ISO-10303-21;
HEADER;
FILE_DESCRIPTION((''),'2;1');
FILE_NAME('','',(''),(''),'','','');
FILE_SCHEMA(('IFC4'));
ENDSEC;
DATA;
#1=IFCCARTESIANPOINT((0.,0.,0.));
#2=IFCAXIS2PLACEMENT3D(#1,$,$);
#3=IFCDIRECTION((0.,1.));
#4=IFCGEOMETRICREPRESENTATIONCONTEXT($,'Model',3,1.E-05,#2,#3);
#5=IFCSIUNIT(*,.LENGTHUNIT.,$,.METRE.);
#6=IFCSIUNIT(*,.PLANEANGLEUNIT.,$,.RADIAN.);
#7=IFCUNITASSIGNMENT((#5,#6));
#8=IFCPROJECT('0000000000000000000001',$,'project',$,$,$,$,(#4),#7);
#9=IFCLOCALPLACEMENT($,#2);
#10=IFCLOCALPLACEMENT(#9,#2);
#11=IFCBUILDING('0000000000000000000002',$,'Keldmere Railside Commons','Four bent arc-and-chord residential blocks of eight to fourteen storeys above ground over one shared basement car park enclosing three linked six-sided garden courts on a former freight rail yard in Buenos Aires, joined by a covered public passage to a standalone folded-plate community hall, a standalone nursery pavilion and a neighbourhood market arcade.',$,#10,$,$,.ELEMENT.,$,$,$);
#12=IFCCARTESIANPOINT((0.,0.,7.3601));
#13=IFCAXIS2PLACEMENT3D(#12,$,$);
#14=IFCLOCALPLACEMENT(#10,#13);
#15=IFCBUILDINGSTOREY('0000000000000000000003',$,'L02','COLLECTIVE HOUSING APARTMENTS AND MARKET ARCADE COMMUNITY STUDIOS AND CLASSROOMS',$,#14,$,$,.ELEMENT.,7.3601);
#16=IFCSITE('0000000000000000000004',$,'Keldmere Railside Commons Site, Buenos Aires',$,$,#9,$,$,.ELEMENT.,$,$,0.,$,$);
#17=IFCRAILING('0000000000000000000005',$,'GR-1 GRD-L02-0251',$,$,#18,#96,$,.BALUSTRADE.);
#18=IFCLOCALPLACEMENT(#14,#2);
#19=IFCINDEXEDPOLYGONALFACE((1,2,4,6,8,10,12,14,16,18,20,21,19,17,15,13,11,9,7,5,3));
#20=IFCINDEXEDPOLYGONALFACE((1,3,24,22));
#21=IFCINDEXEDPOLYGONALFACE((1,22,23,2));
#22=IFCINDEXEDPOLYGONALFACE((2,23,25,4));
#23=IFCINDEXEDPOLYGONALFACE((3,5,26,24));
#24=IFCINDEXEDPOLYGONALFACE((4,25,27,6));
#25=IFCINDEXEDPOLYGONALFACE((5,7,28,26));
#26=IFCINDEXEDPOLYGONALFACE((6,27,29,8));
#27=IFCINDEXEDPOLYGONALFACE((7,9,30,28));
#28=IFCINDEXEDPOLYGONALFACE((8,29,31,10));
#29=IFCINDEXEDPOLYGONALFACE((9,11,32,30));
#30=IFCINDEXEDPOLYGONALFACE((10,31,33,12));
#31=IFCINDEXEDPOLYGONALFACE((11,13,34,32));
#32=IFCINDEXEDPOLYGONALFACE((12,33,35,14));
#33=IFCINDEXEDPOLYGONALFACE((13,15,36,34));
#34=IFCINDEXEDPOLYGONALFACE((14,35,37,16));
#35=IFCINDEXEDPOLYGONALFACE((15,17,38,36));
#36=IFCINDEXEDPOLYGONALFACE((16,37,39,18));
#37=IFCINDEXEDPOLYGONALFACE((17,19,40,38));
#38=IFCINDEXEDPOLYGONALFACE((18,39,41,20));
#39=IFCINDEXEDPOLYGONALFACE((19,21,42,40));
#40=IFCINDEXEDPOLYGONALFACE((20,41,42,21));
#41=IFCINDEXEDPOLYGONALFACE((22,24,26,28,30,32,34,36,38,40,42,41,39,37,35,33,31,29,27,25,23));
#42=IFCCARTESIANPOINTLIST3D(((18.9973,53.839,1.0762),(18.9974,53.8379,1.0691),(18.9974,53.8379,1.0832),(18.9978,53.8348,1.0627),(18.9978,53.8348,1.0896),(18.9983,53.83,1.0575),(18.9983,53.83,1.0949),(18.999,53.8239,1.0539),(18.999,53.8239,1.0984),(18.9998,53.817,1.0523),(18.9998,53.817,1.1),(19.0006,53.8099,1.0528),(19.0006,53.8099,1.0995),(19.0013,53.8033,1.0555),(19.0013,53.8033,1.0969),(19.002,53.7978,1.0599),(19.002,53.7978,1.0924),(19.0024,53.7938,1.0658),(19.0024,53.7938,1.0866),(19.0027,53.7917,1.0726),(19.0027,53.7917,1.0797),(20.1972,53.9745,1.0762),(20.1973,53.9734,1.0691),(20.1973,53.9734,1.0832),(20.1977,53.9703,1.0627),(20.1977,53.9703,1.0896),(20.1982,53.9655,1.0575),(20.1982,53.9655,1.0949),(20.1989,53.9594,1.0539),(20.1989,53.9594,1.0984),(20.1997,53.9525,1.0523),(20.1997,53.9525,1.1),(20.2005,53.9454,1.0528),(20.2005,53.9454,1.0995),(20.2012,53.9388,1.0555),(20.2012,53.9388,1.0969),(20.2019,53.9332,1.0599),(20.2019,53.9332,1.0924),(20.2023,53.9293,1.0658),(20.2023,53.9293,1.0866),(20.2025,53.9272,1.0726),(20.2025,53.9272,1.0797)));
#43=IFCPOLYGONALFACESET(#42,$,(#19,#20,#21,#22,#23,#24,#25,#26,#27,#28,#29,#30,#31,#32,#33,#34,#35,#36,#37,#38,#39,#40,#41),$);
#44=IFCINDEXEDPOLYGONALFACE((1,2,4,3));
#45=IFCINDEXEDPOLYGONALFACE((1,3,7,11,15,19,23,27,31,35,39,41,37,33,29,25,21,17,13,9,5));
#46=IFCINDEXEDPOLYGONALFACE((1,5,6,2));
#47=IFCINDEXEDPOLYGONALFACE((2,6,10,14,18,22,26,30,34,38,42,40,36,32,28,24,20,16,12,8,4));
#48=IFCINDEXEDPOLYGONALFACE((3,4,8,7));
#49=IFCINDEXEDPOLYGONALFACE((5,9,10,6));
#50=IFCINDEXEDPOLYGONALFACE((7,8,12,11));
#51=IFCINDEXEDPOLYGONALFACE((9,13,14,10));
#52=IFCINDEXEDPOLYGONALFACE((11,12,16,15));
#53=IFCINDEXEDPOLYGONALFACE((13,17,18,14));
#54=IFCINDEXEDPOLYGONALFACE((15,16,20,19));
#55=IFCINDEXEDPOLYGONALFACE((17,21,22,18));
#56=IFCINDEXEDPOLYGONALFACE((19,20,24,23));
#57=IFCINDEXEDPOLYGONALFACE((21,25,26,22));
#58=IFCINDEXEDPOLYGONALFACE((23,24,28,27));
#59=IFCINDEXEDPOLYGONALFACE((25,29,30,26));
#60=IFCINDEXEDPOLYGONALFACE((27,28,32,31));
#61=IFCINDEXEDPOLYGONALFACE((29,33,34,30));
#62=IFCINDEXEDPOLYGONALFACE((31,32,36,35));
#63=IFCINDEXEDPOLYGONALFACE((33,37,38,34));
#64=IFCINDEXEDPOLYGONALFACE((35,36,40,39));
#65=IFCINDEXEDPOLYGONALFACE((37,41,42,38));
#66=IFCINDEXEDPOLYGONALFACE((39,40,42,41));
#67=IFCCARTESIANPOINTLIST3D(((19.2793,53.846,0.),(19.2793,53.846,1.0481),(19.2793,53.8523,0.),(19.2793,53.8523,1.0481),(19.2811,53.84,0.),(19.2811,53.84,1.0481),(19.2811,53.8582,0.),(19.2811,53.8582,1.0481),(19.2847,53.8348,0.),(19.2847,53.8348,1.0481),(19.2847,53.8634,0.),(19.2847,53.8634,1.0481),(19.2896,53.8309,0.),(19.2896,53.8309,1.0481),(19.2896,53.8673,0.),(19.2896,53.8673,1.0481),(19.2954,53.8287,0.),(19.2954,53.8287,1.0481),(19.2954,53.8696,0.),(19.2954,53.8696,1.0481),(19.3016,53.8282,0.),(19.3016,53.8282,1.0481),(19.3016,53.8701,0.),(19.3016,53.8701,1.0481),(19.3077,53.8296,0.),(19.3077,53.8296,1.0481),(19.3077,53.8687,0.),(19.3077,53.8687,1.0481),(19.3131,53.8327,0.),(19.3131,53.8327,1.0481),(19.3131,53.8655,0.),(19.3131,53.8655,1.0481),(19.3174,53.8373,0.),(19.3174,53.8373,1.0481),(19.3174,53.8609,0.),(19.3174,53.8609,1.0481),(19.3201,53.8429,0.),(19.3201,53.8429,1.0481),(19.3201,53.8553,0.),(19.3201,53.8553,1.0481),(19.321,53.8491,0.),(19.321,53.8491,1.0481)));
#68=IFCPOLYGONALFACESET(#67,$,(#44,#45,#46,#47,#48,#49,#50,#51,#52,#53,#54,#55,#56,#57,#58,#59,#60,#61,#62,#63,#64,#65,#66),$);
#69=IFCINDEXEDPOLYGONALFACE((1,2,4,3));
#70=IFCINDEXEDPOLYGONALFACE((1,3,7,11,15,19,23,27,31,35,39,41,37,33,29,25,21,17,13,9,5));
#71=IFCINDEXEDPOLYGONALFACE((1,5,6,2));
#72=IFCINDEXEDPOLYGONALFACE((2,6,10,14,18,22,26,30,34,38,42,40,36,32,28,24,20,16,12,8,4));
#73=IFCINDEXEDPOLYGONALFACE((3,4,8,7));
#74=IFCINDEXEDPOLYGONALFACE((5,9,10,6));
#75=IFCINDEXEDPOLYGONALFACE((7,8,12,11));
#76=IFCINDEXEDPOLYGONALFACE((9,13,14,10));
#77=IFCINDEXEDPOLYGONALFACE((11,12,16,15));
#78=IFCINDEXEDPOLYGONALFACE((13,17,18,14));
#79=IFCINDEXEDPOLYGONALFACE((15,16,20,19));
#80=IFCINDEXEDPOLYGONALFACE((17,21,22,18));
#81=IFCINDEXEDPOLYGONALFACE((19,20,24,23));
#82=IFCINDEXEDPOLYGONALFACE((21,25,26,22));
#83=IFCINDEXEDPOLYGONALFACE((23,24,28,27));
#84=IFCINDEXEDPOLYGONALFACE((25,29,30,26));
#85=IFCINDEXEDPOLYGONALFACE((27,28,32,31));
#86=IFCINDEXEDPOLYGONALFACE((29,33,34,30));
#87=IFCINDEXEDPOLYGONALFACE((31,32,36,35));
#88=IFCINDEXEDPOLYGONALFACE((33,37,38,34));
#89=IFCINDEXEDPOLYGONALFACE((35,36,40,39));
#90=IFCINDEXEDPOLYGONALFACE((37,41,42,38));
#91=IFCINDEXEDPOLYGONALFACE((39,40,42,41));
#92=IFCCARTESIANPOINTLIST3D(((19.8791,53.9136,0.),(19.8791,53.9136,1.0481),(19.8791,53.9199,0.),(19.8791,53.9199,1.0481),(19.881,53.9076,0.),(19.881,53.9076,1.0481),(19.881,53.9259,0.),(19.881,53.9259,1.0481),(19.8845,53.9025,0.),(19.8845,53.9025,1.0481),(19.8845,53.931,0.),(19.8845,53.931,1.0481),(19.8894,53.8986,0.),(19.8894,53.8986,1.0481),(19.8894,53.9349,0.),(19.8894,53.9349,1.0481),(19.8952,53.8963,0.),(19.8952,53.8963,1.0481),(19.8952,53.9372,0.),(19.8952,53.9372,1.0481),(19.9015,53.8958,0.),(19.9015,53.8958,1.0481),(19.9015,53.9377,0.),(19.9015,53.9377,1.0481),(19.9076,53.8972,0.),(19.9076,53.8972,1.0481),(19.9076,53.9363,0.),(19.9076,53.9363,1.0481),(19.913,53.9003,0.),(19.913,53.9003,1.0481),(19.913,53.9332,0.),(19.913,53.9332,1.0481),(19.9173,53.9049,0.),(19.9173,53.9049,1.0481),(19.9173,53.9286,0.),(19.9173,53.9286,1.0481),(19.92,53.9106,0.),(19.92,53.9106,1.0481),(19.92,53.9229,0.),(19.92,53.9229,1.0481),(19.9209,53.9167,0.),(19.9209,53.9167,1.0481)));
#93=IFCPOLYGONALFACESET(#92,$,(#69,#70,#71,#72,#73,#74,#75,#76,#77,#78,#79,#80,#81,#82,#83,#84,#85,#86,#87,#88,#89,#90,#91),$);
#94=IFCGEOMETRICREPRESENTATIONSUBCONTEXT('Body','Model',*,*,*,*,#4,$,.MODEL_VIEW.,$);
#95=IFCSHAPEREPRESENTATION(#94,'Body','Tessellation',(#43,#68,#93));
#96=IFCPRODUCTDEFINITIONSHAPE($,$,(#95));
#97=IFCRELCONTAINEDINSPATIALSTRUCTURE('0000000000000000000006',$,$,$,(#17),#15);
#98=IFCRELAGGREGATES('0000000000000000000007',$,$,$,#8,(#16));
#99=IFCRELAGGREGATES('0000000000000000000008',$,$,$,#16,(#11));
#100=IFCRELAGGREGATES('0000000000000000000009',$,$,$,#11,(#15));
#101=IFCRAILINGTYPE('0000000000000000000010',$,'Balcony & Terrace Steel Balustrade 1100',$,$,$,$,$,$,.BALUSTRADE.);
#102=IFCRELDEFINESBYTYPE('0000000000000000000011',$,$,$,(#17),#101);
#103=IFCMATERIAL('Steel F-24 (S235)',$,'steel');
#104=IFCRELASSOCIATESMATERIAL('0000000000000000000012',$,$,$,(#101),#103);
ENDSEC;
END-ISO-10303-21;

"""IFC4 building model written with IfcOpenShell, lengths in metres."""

from ifc_helpers import new_model, si_unit, direction, frame, origin, origin_2d, place, context, subcontext, project, spatial, circle, extrude, material, type_object, element, save


model = new_model("IFC4")

# Units and contexts
model_context = context("Model", 3, precision=1e-05, world=origin(), true_north=direction((0.0, 1.0)))
body_context = subcontext(model_context, "Body", "Model", "MODEL_VIEW")
ifc_project = project(units=[si_unit("LENGTHUNIT", "METRE"), si_unit("PLANEANGLEUNIT", "RADIAN")], contexts=[model_context])

# Site, building, storey
site_placement = place(None, origin())
site = spatial("IfcSite", under=ifc_project, at=site_placement, Name="Keldmere Railside Commons Site, Buenos Aires", CompositionType="ELEMENT", RefElevation=0.0)
building_placement = place(site_placement, origin())
building = spatial("IfcBuilding", under=site, at=building_placement, Name="Keldmere Railside Commons", Description="Four bent arc-and-chord residential blocks of eight to fourteen storeys above ground over one shared basement car park enclosing three linked six-sided garden courts on a former freight rail yard in Buenos Aires, joined by a covered public passage to a standalone folded-plate community hall, a standalone nursery pavilion and a neighbourhood market arcade.", CompositionType="ELEMENT")
storey_placement = place(building_placement, frame((0.0, 0.0, 7.3601)))
storey = spatial("IfcBuildingStorey", under=building, at=storey_placement, Name="L02", Description="COLLECTIVE HOUSING APARTMENTS AND MARKET ARCADE COMMUNITY STUDIOS AND CLASSROOMS", CompositionType="ELEMENT", Elevation=7.3601)

# Shared definitions
ifc_material_1 = material(Name="Steel F-24 (S235)", Category="steel")

# Railing
railing_type = type_object("IfcRailingType", Name="Balcony & Terrace Steel Balustrade 1100", PredefinedType="BALUSTRADE", material=ifc_material_1)
railing_1_placement = place(storey_placement, frame((19.0, 53.8152, 0.0)))
element("IfcRailing", 1, at=railing_1_placement, inside=storey, type_object=railing_type, Name="GR-1 GRD-L02-0251", PredefinedType="BALUSTRADE", context=body_context, shape_type="SweptSolid", body=[
    extrude(circle(Radius=0.0239, at=origin_2d()), frame((0.0, 0.0, 1.0762), z_axis=(0.993685, 0.112207, 0.0), x_axis=(-0.112207, 0.993685, 0.0)), (0.0, 0.0, 1.0), 1.2075),
    extrude(circle(Radius=0.021, at=origin_2d()), frame((0.3, 0.0339, 0.0)), (0.0, 0.0, 1.0), 1.0481),
    extrude(circle(Radius=0.021, at=origin_2d()), frame((0.8999, 0.1016, 0.0)), (0.0, 0.0, 1.0), 1.0481),
])

save(model, "model.ifc")
